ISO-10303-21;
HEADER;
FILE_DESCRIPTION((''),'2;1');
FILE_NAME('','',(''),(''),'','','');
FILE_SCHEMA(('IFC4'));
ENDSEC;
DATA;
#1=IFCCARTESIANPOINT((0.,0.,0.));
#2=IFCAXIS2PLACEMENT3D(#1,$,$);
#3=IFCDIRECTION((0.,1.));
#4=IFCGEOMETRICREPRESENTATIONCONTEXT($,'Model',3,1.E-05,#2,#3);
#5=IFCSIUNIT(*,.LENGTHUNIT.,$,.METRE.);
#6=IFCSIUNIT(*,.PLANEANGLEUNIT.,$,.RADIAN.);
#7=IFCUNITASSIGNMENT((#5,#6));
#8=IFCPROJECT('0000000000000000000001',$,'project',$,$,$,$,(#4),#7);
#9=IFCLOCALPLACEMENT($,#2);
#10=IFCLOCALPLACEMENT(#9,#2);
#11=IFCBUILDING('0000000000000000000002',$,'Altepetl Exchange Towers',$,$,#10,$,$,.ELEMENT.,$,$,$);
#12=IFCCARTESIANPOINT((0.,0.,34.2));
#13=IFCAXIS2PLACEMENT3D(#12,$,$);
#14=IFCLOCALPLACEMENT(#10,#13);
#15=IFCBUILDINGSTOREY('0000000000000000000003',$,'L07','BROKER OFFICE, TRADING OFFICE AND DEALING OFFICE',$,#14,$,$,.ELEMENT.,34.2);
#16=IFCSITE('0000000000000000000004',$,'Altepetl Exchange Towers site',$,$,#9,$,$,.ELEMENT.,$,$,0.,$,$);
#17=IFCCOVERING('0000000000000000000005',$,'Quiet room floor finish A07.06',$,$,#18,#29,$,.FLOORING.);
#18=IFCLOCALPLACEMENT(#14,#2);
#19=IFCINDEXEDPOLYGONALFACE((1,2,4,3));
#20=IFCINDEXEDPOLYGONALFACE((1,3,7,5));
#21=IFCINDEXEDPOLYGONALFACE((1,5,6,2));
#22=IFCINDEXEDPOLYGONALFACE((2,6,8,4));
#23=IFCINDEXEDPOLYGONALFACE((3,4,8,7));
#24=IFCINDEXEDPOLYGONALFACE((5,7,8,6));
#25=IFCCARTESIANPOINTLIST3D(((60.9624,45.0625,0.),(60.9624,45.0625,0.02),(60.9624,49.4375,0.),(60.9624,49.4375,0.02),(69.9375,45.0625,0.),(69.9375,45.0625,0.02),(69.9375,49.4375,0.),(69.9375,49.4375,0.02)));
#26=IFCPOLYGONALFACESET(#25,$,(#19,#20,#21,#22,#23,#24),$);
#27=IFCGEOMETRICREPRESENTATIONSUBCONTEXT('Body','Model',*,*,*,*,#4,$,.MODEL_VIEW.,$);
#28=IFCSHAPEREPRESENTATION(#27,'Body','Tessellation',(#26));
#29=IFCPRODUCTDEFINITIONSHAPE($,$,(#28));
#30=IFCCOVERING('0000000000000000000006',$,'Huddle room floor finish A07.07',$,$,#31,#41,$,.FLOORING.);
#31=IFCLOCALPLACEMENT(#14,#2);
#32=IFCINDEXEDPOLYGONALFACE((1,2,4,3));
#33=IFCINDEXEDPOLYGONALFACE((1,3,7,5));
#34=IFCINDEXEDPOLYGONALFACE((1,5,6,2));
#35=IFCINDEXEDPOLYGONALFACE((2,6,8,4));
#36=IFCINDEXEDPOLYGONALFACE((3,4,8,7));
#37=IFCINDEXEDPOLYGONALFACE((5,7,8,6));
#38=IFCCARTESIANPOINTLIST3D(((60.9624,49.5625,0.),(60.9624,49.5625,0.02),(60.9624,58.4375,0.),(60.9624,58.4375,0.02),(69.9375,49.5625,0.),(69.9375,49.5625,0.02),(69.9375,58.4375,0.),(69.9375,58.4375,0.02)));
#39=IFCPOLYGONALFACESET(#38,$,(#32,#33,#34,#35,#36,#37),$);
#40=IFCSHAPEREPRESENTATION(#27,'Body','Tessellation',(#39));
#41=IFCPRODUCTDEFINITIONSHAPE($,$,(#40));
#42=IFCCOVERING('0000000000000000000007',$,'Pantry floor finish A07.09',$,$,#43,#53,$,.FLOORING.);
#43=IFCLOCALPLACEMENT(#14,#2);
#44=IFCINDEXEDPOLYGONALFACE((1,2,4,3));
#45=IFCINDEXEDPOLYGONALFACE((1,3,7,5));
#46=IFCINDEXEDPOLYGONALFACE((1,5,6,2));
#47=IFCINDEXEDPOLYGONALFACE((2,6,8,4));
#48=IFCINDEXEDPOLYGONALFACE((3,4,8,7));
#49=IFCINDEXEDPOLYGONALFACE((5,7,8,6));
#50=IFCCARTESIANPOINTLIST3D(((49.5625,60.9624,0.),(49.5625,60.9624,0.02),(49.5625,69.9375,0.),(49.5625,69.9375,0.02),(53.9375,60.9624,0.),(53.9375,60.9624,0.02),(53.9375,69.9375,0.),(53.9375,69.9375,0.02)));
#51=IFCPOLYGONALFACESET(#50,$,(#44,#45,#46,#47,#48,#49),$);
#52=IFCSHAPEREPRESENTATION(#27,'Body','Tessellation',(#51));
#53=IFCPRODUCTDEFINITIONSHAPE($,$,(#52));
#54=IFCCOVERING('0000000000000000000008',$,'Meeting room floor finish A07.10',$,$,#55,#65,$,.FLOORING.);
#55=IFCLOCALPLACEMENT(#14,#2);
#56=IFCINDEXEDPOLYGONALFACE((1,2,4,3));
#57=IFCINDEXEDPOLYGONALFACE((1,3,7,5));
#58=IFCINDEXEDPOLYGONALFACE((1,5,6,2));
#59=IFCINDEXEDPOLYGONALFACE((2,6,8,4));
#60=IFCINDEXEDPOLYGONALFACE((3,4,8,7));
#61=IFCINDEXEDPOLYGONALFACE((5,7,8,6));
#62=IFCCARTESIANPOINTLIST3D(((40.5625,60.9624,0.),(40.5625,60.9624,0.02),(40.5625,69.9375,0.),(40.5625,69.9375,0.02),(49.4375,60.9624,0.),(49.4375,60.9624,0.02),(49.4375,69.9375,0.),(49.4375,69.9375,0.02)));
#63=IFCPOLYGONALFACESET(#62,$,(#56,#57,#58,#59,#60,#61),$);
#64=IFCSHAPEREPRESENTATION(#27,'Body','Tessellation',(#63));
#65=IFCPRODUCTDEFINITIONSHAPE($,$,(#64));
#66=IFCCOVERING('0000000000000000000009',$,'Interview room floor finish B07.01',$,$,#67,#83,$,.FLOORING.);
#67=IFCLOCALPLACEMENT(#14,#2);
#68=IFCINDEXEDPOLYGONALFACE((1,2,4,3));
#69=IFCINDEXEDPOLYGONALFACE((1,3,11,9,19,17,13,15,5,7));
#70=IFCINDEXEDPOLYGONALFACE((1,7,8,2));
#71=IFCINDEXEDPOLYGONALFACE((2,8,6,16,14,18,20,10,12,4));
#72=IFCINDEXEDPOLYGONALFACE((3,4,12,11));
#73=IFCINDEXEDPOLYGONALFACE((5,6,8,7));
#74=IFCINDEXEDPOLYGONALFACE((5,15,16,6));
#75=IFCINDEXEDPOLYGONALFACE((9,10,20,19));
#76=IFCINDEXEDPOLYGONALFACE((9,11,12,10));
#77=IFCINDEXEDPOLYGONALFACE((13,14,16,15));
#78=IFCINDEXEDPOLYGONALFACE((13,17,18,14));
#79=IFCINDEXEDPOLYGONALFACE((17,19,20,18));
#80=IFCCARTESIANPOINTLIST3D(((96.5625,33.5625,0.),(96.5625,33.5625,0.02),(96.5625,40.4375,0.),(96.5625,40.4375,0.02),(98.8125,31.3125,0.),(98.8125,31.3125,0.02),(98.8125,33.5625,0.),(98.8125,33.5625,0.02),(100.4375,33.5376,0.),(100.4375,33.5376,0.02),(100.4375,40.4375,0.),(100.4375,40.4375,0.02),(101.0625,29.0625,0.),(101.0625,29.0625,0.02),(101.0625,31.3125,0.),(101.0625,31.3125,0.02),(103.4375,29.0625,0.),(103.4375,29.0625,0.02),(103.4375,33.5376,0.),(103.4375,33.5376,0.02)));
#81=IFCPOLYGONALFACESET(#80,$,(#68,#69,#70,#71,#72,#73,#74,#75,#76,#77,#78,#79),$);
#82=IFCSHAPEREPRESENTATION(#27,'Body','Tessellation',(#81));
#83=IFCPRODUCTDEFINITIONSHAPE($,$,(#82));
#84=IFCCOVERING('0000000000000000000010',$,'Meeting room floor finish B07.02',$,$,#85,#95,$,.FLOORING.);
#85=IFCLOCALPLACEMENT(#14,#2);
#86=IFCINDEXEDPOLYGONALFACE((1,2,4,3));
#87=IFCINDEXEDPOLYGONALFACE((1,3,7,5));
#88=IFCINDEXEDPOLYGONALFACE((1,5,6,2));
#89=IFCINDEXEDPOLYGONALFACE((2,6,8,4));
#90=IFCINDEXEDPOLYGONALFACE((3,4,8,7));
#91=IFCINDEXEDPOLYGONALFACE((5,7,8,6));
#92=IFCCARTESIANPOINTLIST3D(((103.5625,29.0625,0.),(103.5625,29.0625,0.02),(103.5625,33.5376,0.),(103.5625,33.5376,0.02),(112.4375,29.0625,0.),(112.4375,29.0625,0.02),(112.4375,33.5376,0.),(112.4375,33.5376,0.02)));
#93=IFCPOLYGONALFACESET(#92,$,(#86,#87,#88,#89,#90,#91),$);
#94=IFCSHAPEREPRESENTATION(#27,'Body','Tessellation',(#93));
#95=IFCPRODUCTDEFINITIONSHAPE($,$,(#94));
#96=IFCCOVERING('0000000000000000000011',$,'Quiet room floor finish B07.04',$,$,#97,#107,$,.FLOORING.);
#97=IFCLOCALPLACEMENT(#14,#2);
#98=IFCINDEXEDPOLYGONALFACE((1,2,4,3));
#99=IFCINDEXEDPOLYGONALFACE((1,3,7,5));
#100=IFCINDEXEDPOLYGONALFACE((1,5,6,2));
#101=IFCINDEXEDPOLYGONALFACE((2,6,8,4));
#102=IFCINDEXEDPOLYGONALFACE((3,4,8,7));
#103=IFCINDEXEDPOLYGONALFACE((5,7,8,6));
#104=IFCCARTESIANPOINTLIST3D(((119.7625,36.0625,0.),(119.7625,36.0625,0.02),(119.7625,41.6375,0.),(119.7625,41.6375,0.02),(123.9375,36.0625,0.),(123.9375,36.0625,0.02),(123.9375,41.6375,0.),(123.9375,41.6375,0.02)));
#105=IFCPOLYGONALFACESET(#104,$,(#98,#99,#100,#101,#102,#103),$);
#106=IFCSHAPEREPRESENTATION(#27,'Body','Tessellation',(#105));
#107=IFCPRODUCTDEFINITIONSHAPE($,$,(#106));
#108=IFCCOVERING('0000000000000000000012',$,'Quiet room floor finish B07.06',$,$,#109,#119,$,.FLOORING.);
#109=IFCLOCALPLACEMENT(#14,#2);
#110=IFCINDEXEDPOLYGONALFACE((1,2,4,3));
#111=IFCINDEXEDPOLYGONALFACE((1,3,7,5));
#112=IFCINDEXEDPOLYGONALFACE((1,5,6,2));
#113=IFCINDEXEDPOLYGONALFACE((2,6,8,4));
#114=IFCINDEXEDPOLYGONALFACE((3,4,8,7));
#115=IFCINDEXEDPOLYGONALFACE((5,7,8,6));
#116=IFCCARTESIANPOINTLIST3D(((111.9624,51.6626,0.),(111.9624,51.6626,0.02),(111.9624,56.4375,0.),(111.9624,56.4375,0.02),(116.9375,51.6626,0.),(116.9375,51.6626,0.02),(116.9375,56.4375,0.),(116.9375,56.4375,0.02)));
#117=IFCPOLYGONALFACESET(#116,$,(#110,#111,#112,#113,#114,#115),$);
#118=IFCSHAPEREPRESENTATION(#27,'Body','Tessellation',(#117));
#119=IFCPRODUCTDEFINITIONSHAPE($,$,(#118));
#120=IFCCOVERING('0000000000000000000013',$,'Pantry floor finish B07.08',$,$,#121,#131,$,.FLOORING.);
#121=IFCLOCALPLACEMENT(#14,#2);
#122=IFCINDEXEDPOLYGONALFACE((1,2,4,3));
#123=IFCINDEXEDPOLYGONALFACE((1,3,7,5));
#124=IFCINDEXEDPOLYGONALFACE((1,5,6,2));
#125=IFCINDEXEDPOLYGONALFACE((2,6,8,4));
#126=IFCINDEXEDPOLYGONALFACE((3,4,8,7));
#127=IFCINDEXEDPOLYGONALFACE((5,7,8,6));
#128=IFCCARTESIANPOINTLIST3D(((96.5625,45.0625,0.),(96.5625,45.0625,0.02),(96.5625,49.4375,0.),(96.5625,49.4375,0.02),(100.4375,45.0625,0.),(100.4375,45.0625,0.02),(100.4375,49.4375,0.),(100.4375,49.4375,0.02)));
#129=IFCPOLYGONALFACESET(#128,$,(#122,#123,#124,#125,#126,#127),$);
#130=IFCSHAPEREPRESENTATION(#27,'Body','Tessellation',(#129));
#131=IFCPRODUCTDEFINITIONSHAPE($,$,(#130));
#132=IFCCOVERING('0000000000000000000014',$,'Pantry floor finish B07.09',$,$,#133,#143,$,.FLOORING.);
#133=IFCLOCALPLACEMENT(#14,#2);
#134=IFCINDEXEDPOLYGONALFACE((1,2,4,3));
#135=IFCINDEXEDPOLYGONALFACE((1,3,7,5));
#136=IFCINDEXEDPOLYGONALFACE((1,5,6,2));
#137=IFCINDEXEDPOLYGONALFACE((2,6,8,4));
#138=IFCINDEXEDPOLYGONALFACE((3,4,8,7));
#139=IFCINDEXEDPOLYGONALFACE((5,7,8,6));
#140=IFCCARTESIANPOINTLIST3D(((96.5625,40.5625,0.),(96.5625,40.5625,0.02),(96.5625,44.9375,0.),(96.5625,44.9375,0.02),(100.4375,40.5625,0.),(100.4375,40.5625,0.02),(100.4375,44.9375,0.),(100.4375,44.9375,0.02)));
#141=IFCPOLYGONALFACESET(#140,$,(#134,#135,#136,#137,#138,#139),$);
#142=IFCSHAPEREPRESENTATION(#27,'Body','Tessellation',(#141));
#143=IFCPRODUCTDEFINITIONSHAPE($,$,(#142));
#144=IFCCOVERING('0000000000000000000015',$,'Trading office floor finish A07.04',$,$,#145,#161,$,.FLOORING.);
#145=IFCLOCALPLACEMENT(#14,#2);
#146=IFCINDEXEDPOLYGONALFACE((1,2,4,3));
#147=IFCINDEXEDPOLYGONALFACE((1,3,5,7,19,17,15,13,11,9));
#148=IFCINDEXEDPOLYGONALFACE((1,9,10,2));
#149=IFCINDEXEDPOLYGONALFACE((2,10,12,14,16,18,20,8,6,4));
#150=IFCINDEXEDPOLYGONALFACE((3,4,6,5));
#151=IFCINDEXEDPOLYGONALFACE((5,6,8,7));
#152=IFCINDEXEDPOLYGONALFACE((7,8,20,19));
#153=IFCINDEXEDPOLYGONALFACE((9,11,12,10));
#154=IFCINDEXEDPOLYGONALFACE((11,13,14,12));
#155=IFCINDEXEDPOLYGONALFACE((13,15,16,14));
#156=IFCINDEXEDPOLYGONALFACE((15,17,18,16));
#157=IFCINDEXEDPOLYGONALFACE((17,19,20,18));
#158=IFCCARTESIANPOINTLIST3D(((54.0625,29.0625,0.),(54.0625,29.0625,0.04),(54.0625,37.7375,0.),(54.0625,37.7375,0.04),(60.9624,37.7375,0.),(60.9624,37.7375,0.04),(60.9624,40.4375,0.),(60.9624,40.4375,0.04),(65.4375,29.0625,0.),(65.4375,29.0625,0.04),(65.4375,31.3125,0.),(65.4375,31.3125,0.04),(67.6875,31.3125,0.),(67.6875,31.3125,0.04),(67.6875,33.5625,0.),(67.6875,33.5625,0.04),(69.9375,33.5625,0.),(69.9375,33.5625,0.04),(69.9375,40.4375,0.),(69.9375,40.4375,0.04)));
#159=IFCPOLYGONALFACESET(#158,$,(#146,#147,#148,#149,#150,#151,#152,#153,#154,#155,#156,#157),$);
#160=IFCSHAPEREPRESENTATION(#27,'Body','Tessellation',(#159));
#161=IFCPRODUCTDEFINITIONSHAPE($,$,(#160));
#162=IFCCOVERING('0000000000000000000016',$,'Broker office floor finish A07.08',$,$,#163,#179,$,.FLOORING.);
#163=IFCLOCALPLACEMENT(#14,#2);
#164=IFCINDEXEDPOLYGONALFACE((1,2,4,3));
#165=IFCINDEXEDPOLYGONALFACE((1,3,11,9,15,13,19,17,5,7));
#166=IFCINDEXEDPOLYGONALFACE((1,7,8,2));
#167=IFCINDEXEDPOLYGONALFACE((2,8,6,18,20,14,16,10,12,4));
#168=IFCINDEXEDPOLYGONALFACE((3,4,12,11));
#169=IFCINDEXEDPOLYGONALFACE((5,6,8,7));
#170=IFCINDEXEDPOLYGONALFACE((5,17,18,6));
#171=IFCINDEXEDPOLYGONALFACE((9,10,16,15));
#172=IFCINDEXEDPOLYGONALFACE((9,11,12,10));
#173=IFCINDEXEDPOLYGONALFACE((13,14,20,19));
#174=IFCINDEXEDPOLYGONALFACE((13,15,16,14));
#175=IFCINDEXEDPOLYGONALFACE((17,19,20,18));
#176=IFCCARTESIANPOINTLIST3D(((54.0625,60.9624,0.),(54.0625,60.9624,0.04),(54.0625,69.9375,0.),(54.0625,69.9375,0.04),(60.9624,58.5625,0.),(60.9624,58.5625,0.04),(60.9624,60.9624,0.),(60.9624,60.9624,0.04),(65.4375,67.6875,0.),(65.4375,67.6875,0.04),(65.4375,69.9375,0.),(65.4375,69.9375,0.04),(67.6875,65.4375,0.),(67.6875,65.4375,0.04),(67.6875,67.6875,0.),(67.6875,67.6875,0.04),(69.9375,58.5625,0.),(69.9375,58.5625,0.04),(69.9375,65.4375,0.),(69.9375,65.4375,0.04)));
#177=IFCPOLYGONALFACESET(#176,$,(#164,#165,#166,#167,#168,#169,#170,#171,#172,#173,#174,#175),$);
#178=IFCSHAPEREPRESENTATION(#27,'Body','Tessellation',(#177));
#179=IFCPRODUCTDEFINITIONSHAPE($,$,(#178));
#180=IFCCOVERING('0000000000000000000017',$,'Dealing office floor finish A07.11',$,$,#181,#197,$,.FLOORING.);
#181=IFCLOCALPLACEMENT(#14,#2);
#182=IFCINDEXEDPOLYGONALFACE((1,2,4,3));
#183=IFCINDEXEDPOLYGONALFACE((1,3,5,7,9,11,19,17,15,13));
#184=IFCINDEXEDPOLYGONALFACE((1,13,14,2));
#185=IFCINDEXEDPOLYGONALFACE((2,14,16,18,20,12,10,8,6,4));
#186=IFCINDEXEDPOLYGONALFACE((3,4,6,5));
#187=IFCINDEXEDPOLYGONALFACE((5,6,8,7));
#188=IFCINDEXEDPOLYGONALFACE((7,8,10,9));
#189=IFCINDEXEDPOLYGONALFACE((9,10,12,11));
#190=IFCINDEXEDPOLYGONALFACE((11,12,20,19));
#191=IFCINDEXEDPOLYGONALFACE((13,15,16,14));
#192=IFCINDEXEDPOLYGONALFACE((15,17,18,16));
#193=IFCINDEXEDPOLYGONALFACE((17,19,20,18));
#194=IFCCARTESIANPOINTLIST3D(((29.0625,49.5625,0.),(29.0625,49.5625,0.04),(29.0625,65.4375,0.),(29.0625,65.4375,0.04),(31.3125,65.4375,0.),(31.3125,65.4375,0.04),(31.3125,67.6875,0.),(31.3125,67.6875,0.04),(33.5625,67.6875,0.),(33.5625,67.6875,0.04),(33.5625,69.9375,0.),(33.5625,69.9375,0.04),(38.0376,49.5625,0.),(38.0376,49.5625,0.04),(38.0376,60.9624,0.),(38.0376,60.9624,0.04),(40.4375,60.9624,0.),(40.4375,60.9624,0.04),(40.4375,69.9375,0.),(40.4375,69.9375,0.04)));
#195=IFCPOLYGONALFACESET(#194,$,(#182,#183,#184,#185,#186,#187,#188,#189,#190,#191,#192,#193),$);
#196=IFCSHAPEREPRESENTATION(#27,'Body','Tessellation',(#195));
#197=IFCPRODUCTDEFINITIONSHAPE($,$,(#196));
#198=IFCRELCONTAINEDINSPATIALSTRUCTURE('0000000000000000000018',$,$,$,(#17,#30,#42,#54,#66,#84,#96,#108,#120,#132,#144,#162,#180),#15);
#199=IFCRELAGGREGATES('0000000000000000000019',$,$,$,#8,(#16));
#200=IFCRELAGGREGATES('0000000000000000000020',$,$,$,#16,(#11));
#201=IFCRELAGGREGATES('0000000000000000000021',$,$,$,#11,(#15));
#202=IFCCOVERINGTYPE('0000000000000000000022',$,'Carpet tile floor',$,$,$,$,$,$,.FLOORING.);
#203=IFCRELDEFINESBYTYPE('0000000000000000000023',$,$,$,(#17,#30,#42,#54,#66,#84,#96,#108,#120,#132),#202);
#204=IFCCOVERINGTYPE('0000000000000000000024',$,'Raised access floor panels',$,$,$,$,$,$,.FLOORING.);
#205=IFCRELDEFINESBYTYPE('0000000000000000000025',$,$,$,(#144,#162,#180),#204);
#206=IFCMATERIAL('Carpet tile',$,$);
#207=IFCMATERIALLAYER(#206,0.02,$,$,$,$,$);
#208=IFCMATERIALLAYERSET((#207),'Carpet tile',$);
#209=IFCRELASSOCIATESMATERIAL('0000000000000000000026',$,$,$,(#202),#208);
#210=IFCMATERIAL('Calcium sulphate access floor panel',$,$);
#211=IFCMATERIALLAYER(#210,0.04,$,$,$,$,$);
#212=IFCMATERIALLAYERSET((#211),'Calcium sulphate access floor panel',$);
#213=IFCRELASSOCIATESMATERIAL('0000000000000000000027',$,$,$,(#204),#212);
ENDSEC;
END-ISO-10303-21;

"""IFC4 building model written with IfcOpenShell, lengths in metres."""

from ifc_helpers import new_model, si_unit, direction, frame, origin, place, context, subcontext, project, spatial, polyline, outline, extrude, material, layer, layer_set, type_object, element, save


model = new_model("IFC4")

# Units and contexts
model_context = context("Model", 3, precision=1e-05, world=origin(), true_north=direction((0.0, 1.0)))
body_context = subcontext(model_context, "Body", "Model", "MODEL_VIEW")
ifc_project = project(units=[si_unit("LENGTHUNIT", "METRE"), si_unit("PLANEANGLEUNIT", "RADIAN")], contexts=[model_context])

# Site, building, storey
site_placement = place(None, origin())
site = spatial("IfcSite", under=ifc_project, at=site_placement, Name="Altepetl Exchange Towers site", CompositionType="ELEMENT", RefElevation=0.0)
building_placement = place(site_placement, origin())
building = spatial("IfcBuilding", under=site, at=building_placement, Name="Altepetl Exchange Towers", CompositionType="ELEMENT")
storey_placement = place(building_placement, frame((0.0, 0.0, 34.2)))
storey = spatial("IfcBuildingStorey", under=building, at=storey_placement, Name="L07", Description="BROKER OFFICE, TRADING OFFICE AND DEALING OFFICE", CompositionType="ELEMENT", Elevation=34.2)

# Coverings
ifc_material_1 = material(Name="Carpet tile")
ifc_layer_1 = layer(ifc_material_1, 0.02)
ifc_layer_set_1 = layer_set([ifc_layer_1], Name="Carpet tile")
covering_type_1 = type_object("IfcCoveringType", Name="Carpet tile floor", PredefinedType="FLOORING", material=ifc_layer_set_1)
covering_1_placement = place(storey_placement, origin())
element("IfcCovering", 1, at=covering_1_placement, inside=storey, type_object=covering_type_1, Name="Quiet room floor finish A07.06", PredefinedType="FLOORING", context=body_context, shape_type="SweptSolid", body=[
    extrude(outline(polyline([(69.9375, 49.4375), (60.9624, 49.4375), (60.9624, 45.0625), (69.9375, 45.0625), (69.9375, 49.4375)])), origin(), (0.0, 0.0, 1.0), 0.02),
])
covering_2_placement = place(storey_placement, origin())
element("IfcCovering", 2, at=covering_2_placement, inside=storey, type_object=covering_type_1, Name="Huddle room floor finish A07.07", PredefinedType="FLOORING", context=body_context, shape_type="SweptSolid", body=[
    extrude(outline(polyline([(69.9375, 58.4375), (60.9624, 58.4375), (60.9624, 49.5625), (69.9375, 49.5625), (69.9375, 58.4375)])), origin(), (0.0, 0.0, 1.0), 0.02),
])
covering_3_placement = place(storey_placement, origin())
element("IfcCovering", 3, at=covering_3_placement, inside=storey, type_object=covering_type_1, Name="Pantry floor finish A07.09", PredefinedType="FLOORING", context=body_context, shape_type="SweptSolid", body=[
    extrude(outline(polyline([(49.5625, 69.9375), (49.5625, 60.9624), (53.9375, 60.9624), (53.9375, 69.9375), (49.5625, 69.9375)])), origin(), (0.0, 0.0, 1.0), 0.02),
])
covering_4_placement = place(storey_placement, origin())
element("IfcCovering", 4, at=covering_4_placement, inside=storey, type_object=covering_type_1, Name="Meeting room floor finish A07.10", PredefinedType="FLOORING", context=body_context, shape_type="SweptSolid", body=[
    extrude(outline(polyline([(40.5625, 69.9375), (40.5625, 60.9624), (49.4375, 60.9624), (49.4375, 69.9375), (40.5625, 69.9375)])), origin(), (0.0, 0.0, 1.0), 0.02),
])
covering_5_placement = place(storey_placement, origin())
element("IfcCovering", 5, at=covering_5_placement, inside=storey, type_object=covering_type_1, Name="Interview room floor finish B07.01", PredefinedType="FLOORING", context=body_context, shape_type="SweptSolid", body=[
    extrude(outline(polyline([(100.4375, 40.4375), (96.5625, 40.4375), (96.5625, 33.5625), (98.8125, 33.5625), (98.8125, 31.3125), (101.0625, 31.3125), (101.0625, 29.0625), (103.4375, 29.0625), (103.4375, 33.5376), (100.4375, 33.5376), (100.4375, 40.4375)])), origin(), (0.0, 0.0, 1.0), 0.02),
])
covering_6_placement = place(storey_placement, origin())
element("IfcCovering", 6, at=covering_6_placement, inside=storey, type_object=covering_type_1, Name="Meeting room floor finish B07.02", PredefinedType="FLOORING", context=body_context, shape_type="SweptSolid", body=[
    extrude(outline(polyline([(103.5625, 33.5376), (103.5625, 29.0625), (112.4375, 29.0625), (112.4375, 33.5376), (103.5625, 33.5376)])), origin(), (0.0, 0.0, 1.0), 0.02),
])
covering_7_placement = place(storey_placement, origin())
element("IfcCovering", 7, at=covering_7_placement, inside=storey, type_object=covering_type_1, Name="Quiet room floor finish B07.04", PredefinedType="FLOORING", context=body_context, shape_type="SweptSolid", body=[
    extrude(outline(polyline([(119.7625, 41.6375), (119.7625, 36.0625), (123.9375, 36.0625), (123.9375, 41.6375), (119.7625, 41.6375)])), origin(), (0.0, 0.0, 1.0), 0.02),
])
covering_8_placement = place(storey_placement, origin())
element("IfcCovering", 8, at=covering_8_placement, inside=storey, type_object=covering_type_1, Name="Quiet room floor finish B07.06", PredefinedType="FLOORING", context=body_context, shape_type="SweptSolid", body=[
    extrude(outline(polyline([(111.9624, 51.6626), (116.9375, 51.6626), (116.9375, 56.4375), (111.9624, 56.4375), (111.9624, 51.6626)])), origin(), (0.0, 0.0, 1.0), 0.02),
])
covering_9_placement = place(storey_placement, origin())
element("IfcCovering", 9, at=covering_9_placement, inside=storey, type_object=covering_type_1, Name="Pantry floor finish B07.08", PredefinedType="FLOORING", context=body_context, shape_type="SweptSolid", body=[
    extrude(outline(polyline([(100.4375, 49.4375), (96.5625, 49.4375), (96.5625, 45.0625), (100.4375, 45.0625), (100.4375, 49.4375)])), origin(), (0.0, 0.0, 1.0), 0.02),
])
covering_10_placement = place(storey_placement, origin())
element("IfcCovering", 10, at=covering_10_placement, inside=storey, type_object=covering_type_1, Name="Pantry floor finish B07.09", PredefinedType="FLOORING", context=body_context, shape_type="SweptSolid", body=[
    extrude(outline(polyline([(100.4375, 44.9375), (96.5625, 44.9375), (96.5625, 40.5625), (100.4375, 40.5625), (100.4375, 44.9375)])), origin(), (0.0, 0.0, 1.0), 0.02),
])
ifc_material_2 = material(Name="Calcium sulphate access floor panel")
ifc_layer_2 = layer(ifc_material_2, 0.04)
ifc_layer_set_2 = layer_set([ifc_layer_2], Name="Calcium sulphate access floor panel")
covering_type_2 = type_object("IfcCoveringType", Name="Raised access floor panels", PredefinedType="FLOORING", material=ifc_layer_set_2)
covering_11_placement = place(storey_placement, origin())
element("IfcCovering", 11, at=covering_11_placement, inside=storey, type_object=covering_type_2, Name="Trading office floor finish A07.04", PredefinedType="FLOORING", context=body_context, shape_type="SweptSolid", body=[
    extrude(outline(polyline([(69.9375, 40.4375), (60.9624, 40.4375), (60.9624, 37.7375), (54.0625, 37.7375), (54.0625, 29.0625), (65.4375, 29.0625), (65.4375, 31.3125), (67.6875, 31.3125), (67.6875, 33.5625), (69.9375, 33.5625), (69.9375, 40.4375)])), origin(), (0.0, 0.0, 1.0), 0.04),
])
covering_12_placement = place(storey_placement, origin())
element("IfcCovering", 12, at=covering_12_placement, inside=storey, type_object=covering_type_2, Name="Broker office floor finish A07.08", PredefinedType="FLOORING", context=body_context, shape_type="SweptSolid", body=[
    extrude(outline(polyline([(54.0625, 69.9375), (54.0625, 60.9624), (60.9624, 60.9624), (60.9624, 58.5625), (69.9375, 58.5625), (69.9375, 65.4375), (67.6875, 65.4375), (67.6875, 67.6875), (65.4375, 67.6875), (65.4375, 69.9375), (54.0625, 69.9375)])), origin(), (0.0, 0.0, 1.0), 0.04),
])
covering_13_placement = place(storey_placement, origin())
element("IfcCovering", 13, at=covering_13_placement, inside=storey, type_object=covering_type_2, Name="Dealing office floor finish A07.11", PredefinedType="FLOORING", context=body_context, shape_type="SweptSolid", body=[
    extrude(outline(polyline([(33.5625, 69.9375), (33.5625, 67.6875), (31.3125, 67.6875), (31.3125, 65.4375), (29.0625, 65.4375), (29.0625, 49.5625), (38.0376, 49.5625), (38.0376, 60.9624), (40.4375, 60.9624), (40.4375, 69.9375), (33.5625, 69.9375)])), origin(), (0.0, 0.0, 1.0), 0.04),
])

save(model, "model.ifc")
